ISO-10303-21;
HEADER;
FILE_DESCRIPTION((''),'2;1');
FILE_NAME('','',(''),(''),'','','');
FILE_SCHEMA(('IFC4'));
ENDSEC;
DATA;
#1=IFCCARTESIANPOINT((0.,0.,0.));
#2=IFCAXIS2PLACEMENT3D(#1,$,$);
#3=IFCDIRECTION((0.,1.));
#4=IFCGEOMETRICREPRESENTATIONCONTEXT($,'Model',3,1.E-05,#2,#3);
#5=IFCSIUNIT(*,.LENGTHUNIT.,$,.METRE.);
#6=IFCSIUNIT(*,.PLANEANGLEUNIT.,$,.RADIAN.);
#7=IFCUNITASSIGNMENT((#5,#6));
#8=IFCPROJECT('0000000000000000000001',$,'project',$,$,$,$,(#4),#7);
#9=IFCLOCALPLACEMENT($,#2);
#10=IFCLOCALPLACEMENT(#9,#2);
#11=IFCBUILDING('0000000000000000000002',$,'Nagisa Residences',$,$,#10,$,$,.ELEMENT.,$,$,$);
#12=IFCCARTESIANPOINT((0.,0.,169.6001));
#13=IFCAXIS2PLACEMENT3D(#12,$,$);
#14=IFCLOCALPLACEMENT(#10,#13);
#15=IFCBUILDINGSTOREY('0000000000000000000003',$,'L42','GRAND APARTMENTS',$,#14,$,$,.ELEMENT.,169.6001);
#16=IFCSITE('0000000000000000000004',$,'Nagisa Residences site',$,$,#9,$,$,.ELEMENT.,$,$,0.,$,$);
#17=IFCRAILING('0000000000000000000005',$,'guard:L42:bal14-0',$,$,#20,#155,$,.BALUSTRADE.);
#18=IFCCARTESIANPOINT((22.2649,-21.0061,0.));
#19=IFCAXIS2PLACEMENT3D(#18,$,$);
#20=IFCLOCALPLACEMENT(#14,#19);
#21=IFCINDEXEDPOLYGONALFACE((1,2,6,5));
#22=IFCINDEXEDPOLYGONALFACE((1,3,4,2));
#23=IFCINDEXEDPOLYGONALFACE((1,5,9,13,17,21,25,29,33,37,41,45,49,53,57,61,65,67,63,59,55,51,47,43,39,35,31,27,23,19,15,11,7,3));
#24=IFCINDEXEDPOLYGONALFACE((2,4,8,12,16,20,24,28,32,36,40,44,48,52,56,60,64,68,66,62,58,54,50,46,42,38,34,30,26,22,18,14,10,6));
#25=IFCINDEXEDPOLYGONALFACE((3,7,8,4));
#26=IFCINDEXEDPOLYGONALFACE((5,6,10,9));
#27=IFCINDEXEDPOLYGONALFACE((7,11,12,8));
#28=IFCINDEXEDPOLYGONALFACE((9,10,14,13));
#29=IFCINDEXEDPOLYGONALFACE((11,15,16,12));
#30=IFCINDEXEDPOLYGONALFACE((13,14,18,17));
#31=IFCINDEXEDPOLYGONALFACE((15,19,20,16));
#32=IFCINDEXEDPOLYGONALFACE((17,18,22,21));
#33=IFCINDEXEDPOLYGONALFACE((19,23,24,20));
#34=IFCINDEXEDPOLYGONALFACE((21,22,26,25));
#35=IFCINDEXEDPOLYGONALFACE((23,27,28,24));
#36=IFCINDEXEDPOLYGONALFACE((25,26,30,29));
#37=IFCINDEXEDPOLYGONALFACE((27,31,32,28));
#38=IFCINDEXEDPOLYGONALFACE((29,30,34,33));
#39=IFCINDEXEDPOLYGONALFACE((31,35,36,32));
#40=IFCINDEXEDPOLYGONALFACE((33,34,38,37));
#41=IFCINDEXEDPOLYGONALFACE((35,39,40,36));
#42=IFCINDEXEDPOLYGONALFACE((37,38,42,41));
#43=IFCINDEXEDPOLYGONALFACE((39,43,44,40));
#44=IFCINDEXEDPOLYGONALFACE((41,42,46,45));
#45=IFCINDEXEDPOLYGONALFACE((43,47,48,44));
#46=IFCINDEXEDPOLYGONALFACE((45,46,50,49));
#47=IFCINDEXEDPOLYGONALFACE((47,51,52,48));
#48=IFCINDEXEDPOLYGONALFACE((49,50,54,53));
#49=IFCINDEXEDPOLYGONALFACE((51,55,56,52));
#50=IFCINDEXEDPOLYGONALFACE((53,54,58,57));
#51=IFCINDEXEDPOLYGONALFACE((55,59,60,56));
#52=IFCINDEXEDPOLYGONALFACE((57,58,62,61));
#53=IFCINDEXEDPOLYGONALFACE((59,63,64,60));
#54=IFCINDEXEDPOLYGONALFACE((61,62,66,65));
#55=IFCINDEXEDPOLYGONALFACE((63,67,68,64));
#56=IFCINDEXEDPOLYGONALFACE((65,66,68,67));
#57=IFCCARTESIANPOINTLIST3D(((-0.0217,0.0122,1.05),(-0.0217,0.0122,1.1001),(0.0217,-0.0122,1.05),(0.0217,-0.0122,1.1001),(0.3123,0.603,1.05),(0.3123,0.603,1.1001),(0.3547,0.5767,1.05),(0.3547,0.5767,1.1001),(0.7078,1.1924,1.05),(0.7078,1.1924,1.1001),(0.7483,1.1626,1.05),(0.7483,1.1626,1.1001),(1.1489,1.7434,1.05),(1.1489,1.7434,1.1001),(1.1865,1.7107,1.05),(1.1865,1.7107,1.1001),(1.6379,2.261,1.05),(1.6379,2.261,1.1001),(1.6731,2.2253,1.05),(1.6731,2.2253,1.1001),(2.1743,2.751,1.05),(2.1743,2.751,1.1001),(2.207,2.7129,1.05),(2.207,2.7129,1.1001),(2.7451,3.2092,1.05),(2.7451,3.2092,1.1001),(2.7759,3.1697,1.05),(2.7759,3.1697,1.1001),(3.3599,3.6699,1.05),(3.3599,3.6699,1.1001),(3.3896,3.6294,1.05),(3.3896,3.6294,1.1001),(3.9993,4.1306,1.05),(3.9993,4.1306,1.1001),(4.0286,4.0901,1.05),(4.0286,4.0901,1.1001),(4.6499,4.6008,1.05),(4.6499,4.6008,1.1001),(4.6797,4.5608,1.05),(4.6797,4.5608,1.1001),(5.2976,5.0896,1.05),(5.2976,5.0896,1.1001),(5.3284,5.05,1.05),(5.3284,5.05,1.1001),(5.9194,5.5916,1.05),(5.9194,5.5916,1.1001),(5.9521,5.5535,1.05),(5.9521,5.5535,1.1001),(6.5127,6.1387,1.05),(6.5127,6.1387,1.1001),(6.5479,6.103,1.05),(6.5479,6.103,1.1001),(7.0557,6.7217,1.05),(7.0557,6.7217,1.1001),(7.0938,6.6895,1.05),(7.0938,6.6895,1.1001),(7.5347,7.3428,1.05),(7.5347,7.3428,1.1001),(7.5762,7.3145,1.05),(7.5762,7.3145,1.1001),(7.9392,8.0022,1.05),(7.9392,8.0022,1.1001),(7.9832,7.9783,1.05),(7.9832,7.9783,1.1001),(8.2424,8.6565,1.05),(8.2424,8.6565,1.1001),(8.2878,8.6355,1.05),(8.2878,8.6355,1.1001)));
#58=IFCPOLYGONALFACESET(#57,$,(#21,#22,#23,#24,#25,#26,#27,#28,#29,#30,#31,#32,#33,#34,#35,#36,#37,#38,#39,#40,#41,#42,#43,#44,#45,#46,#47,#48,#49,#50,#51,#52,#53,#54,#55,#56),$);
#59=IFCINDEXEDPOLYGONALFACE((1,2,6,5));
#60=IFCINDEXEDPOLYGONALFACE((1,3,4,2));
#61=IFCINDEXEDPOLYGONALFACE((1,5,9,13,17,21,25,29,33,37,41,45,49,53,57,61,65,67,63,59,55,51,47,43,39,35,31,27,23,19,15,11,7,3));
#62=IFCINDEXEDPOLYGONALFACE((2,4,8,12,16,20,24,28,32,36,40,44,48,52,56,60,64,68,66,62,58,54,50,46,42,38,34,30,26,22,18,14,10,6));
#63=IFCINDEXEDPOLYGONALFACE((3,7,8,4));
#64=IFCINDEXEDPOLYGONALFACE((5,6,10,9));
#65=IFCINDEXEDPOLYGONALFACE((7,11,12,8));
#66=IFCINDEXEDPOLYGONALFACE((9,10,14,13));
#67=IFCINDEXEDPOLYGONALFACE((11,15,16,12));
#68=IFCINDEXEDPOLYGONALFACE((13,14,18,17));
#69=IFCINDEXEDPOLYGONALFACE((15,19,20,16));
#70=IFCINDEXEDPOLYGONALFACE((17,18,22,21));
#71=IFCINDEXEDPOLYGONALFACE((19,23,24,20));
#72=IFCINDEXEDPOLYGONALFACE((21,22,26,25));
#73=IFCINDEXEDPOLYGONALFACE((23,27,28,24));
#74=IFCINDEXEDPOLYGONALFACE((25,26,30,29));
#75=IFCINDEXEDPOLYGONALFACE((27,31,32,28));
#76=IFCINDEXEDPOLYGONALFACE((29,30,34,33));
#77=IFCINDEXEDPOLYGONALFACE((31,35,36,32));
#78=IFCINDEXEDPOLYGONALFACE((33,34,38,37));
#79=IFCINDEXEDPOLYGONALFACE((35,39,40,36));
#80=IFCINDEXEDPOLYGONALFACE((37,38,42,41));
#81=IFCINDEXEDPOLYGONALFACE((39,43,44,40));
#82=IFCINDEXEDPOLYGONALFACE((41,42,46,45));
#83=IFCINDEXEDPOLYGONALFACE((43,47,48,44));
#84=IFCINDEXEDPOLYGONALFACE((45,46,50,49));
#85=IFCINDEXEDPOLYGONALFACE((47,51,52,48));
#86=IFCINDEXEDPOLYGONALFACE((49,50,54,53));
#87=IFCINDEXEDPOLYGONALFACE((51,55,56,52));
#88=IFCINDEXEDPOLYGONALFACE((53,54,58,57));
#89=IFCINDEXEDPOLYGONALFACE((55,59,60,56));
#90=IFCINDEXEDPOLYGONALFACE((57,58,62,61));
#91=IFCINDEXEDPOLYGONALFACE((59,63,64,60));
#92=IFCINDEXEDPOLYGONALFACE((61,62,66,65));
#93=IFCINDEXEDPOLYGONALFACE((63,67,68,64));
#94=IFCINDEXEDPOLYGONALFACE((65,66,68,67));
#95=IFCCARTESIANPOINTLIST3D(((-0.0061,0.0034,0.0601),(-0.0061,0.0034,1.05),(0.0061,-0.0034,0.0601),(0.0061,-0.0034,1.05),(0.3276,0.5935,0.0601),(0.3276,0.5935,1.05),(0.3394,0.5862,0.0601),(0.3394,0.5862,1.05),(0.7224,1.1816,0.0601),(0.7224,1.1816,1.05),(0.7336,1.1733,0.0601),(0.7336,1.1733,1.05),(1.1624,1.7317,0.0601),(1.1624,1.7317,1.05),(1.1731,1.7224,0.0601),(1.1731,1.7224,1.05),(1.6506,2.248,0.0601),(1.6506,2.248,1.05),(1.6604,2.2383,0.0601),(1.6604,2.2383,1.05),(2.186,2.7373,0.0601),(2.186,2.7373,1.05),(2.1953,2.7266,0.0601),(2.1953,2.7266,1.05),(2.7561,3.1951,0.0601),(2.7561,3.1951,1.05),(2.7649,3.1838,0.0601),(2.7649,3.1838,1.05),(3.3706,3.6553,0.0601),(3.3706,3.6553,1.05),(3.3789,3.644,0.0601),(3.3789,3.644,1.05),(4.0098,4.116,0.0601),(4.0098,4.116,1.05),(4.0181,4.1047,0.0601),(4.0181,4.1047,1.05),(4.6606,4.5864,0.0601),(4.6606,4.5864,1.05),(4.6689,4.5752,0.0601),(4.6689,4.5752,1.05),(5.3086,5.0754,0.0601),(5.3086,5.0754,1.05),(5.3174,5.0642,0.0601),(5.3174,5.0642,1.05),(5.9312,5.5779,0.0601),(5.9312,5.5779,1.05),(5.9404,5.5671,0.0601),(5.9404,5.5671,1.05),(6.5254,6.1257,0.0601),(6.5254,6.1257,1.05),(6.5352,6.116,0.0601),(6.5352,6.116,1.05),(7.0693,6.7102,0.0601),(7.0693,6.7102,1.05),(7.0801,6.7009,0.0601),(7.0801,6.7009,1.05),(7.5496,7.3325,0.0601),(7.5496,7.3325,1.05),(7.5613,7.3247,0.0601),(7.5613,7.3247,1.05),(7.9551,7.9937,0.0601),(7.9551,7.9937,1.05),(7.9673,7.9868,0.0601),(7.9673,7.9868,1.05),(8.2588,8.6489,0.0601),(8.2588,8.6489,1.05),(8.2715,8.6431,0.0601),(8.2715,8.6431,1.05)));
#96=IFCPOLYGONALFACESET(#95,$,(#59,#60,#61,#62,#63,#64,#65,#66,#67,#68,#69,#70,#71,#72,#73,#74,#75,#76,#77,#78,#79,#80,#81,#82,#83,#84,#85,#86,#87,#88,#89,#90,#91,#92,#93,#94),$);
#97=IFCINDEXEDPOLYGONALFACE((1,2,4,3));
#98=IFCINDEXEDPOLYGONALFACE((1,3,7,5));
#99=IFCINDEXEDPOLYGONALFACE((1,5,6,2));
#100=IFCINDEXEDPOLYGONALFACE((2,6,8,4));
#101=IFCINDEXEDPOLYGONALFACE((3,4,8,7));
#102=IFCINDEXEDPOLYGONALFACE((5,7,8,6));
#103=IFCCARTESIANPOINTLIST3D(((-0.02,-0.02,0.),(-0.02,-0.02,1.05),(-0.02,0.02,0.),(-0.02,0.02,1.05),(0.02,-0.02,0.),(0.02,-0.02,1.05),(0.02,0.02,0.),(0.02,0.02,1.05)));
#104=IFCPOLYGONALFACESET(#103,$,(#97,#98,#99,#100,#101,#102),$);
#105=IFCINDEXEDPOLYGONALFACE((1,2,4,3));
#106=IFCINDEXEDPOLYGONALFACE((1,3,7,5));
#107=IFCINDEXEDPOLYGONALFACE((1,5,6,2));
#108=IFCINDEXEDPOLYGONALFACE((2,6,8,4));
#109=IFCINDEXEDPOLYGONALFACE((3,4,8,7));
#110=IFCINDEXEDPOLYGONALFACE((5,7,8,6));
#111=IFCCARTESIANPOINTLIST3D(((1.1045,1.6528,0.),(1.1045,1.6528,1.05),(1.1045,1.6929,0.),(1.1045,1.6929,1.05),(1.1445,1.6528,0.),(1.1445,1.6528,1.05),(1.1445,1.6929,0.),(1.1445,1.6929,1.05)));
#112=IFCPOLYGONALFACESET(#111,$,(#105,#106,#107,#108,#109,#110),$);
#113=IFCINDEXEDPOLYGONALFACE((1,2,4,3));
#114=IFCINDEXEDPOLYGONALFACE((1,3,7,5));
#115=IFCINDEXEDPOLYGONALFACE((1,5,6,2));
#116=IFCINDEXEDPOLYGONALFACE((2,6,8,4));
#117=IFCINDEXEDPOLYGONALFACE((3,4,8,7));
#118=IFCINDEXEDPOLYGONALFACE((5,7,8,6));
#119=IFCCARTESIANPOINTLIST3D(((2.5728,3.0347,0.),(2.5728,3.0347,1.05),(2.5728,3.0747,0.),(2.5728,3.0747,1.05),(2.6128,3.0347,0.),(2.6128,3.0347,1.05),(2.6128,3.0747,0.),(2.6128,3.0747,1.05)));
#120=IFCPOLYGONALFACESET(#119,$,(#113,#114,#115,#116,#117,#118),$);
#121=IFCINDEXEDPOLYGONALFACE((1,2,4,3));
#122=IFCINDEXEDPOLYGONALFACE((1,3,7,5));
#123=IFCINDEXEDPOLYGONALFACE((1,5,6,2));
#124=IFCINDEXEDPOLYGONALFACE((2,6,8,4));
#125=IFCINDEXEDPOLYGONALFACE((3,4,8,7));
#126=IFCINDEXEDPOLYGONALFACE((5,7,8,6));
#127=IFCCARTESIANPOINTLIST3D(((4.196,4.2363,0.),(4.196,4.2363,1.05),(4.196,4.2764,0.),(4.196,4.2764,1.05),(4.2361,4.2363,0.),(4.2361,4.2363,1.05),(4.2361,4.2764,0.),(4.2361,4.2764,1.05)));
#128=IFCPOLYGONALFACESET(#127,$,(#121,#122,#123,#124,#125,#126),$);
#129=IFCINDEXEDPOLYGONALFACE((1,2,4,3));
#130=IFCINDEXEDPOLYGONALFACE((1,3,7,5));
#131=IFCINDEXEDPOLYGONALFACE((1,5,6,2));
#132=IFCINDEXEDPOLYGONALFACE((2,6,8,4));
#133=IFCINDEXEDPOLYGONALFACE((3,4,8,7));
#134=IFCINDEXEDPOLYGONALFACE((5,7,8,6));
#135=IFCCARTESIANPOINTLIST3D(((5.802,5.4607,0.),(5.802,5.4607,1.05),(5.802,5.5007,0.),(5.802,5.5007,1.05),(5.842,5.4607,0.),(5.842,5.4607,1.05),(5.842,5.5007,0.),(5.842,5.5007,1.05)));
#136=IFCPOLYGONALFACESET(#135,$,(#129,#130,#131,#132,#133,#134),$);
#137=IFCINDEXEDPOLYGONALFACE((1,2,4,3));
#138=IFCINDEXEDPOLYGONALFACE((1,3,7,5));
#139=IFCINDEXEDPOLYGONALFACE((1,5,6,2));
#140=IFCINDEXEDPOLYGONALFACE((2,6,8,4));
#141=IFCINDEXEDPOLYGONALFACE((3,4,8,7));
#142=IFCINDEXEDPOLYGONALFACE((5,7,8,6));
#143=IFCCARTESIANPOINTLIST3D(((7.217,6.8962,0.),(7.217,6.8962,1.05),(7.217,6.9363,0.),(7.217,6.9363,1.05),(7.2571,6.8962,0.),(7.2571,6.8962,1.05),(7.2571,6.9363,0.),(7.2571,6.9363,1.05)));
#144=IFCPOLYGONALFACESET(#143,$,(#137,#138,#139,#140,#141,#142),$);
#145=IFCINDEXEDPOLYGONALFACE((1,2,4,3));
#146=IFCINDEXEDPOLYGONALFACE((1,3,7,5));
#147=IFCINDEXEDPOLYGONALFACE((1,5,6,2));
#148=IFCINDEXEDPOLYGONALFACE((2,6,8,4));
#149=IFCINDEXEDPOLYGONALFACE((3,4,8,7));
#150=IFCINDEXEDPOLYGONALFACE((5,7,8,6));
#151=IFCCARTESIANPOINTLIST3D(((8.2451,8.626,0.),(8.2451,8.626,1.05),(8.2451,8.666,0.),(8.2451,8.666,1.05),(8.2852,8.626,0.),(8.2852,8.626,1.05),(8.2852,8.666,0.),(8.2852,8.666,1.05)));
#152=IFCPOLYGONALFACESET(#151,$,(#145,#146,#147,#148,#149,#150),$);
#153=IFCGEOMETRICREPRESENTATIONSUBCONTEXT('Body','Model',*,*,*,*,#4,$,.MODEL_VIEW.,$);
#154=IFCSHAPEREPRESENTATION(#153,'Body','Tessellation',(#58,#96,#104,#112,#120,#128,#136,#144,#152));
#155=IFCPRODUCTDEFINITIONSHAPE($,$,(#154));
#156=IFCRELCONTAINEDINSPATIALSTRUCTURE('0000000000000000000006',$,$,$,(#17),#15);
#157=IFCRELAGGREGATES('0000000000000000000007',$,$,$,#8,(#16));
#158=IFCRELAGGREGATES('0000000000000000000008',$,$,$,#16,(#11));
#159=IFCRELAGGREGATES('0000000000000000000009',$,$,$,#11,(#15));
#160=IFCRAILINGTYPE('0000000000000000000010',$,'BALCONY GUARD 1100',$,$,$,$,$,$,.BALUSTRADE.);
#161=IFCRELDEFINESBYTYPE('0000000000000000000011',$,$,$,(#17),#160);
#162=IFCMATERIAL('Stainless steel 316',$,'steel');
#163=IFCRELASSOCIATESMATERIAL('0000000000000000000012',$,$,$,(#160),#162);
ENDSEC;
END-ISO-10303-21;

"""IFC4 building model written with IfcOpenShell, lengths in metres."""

from ifc_helpers import new_model, si_unit, direction, frame, origin, origin_2d, place, context, subcontext, project, spatial, polyline, rectangle, outline, extrude, material, type_object, element, save


model = new_model("IFC4")

# Units and contexts
model_context = context("Model", 3, precision=1e-05, world=origin(), true_north=direction((0.0, 1.0)))
body_context = subcontext(model_context, "Body", "Model", "MODEL_VIEW")
ifc_project = project(units=[si_unit("LENGTHUNIT", "METRE"), si_unit("PLANEANGLEUNIT", "RADIAN")], contexts=[model_context])

# Site, building, storey
site_placement = place(None, origin())
site = spatial("IfcSite", under=ifc_project, at=site_placement, Name="Nagisa Residences site", CompositionType="ELEMENT", RefElevation=0.0)
building_placement = place(site_placement, origin())
building = spatial("IfcBuilding", under=site, at=building_placement, Name="Nagisa Residences", CompositionType="ELEMENT")
storey_placement = place(building_placement, frame((0.0, 0.0, 169.6001)))
storey = spatial("IfcBuildingStorey", under=building, at=storey_placement, Name="L42", Description="GRAND APARTMENTS", CompositionType="ELEMENT", Elevation=169.6001)

# Railing
ifc_material_1 = material(Name="Stainless steel 316", Category="steel")
railing_type = type_object("IfcRailingType", Name="BALCONY GUARD 1100", PredefinedType="BALUSTRADE", material=ifc_material_1)
railing_1_placement = place(storey_placement, frame((22.2649, -21.0061, 0.0)))
element("IfcRailing", 1, at=railing_1_placement, inside=storey, type_object=railing_type, Name="guard:L42:bal14-0", PredefinedType="BALUSTRADE", context=body_context, shape_type="SweptSolid", body=[
    extrude(outline(polyline([(0.3123, 0.603), (-0.0217, 0.0122), (0.0217, -0.0122), (0.3547, 0.5767), (0.7483, 1.1626), (1.1865, 1.7107), (1.6731, 2.2253), (2.207, 2.7129), (2.7759, 3.1697), (3.3896, 3.6294), (4.0286, 4.0901), (4.6797, 4.5608), (5.3284, 5.05), (5.9521, 5.5535), (6.5479, 6.103), (7.0938, 6.6895), (7.5762, 7.3145), (7.9832, 7.9783), (8.2878, 8.6355), (8.2424, 8.6565), (7.9392, 8.0022), (7.5347, 7.3428), (7.0557, 6.7217), (6.5127, 6.1387), (5.9194, 5.5916), (5.2976, 5.0896), (4.6499, 4.6008), (3.9993, 4.1306), (3.3599, 3.6699), (2.7451, 3.2092), (2.1743, 2.751), (1.6379, 2.261), (1.1489, 1.7434), (0.7078, 1.1924), (0.3123, 0.603)])), frame((0.0, 0.0, 1.05)), (0.0, 0.0, 1.0), 0.05),
    extrude(outline(polyline([(0.3276, 0.5935), (-0.0061, 0.0034), (0.0061, -0.0034), (0.3394, 0.5862), (0.7336, 1.1733), (1.1731, 1.7224), (1.6604, 2.2383), (2.1953, 2.7266), (2.7649, 3.1838), (3.3789, 3.644), (4.0181, 4.1047), (4.6689, 4.5752), (5.3174, 5.0642), (5.9404, 5.5671), (6.5352, 6.116), (7.0801, 6.7009), (7.5613, 7.3247), (7.9673, 7.9868), (8.2715, 8.6431), (8.2588, 8.6489), (7.9551, 7.9937), (7.5496, 7.3325), (7.0693, 6.7102), (6.5254, 6.1257), (5.9312, 5.5779), (5.3086, 5.0754), (4.6606, 4.5864), (4.0098, 4.116), (3.3706, 3.6553), (2.7561, 3.1951), (2.186, 2.7373), (1.6506, 2.248), (1.1624, 1.7317), (0.7224, 1.1816), (0.3276, 0.5935)])), frame((0.0, 0.0, 0.0601)), (0.0, 0.0, 1.0), 0.99),
    extrude(rectangle(XDim=0.04, YDim=0.04, at=origin_2d()), origin(), (0.0, 0.0, 1.0), 1.05),
    extrude(rectangle(XDim=0.04, YDim=0.04, at=origin_2d()), frame((1.1245, 1.6729, 0.0)), (0.0, 0.0, 1.0), 1.05),
    extrude(rectangle(XDim=0.04, YDim=0.04, at=origin_2d()), frame((2.5928, 3.0547, 0.0)), (0.0, 0.0, 1.0), 1.05),
    extrude(rectangle(XDim=0.04, YDim=0.04, at=origin_2d()), frame((4.2161, 4.2563, 0.0)), (0.0, 0.0, 1.0), 1.05),
    extrude(rectangle(XDim=0.04, YDim=0.04, at=origin_2d()), frame((5.822, 5.4807, 0.0)), (0.0, 0.0, 1.0), 1.05),
    extrude(rectangle(XDim=0.04, YDim=0.04, at=origin_2d()), frame((7.2371, 6.9163, 0.0)), (0.0, 0.0, 1.0), 1.05),
    extrude(rectangle(XDim=0.04, YDim=0.04, at=origin_2d()), frame((8.2651, 8.646, 0.0)), (0.0, 0.0, 1.0), 1.05),
])

save(model, "model.ifc")
